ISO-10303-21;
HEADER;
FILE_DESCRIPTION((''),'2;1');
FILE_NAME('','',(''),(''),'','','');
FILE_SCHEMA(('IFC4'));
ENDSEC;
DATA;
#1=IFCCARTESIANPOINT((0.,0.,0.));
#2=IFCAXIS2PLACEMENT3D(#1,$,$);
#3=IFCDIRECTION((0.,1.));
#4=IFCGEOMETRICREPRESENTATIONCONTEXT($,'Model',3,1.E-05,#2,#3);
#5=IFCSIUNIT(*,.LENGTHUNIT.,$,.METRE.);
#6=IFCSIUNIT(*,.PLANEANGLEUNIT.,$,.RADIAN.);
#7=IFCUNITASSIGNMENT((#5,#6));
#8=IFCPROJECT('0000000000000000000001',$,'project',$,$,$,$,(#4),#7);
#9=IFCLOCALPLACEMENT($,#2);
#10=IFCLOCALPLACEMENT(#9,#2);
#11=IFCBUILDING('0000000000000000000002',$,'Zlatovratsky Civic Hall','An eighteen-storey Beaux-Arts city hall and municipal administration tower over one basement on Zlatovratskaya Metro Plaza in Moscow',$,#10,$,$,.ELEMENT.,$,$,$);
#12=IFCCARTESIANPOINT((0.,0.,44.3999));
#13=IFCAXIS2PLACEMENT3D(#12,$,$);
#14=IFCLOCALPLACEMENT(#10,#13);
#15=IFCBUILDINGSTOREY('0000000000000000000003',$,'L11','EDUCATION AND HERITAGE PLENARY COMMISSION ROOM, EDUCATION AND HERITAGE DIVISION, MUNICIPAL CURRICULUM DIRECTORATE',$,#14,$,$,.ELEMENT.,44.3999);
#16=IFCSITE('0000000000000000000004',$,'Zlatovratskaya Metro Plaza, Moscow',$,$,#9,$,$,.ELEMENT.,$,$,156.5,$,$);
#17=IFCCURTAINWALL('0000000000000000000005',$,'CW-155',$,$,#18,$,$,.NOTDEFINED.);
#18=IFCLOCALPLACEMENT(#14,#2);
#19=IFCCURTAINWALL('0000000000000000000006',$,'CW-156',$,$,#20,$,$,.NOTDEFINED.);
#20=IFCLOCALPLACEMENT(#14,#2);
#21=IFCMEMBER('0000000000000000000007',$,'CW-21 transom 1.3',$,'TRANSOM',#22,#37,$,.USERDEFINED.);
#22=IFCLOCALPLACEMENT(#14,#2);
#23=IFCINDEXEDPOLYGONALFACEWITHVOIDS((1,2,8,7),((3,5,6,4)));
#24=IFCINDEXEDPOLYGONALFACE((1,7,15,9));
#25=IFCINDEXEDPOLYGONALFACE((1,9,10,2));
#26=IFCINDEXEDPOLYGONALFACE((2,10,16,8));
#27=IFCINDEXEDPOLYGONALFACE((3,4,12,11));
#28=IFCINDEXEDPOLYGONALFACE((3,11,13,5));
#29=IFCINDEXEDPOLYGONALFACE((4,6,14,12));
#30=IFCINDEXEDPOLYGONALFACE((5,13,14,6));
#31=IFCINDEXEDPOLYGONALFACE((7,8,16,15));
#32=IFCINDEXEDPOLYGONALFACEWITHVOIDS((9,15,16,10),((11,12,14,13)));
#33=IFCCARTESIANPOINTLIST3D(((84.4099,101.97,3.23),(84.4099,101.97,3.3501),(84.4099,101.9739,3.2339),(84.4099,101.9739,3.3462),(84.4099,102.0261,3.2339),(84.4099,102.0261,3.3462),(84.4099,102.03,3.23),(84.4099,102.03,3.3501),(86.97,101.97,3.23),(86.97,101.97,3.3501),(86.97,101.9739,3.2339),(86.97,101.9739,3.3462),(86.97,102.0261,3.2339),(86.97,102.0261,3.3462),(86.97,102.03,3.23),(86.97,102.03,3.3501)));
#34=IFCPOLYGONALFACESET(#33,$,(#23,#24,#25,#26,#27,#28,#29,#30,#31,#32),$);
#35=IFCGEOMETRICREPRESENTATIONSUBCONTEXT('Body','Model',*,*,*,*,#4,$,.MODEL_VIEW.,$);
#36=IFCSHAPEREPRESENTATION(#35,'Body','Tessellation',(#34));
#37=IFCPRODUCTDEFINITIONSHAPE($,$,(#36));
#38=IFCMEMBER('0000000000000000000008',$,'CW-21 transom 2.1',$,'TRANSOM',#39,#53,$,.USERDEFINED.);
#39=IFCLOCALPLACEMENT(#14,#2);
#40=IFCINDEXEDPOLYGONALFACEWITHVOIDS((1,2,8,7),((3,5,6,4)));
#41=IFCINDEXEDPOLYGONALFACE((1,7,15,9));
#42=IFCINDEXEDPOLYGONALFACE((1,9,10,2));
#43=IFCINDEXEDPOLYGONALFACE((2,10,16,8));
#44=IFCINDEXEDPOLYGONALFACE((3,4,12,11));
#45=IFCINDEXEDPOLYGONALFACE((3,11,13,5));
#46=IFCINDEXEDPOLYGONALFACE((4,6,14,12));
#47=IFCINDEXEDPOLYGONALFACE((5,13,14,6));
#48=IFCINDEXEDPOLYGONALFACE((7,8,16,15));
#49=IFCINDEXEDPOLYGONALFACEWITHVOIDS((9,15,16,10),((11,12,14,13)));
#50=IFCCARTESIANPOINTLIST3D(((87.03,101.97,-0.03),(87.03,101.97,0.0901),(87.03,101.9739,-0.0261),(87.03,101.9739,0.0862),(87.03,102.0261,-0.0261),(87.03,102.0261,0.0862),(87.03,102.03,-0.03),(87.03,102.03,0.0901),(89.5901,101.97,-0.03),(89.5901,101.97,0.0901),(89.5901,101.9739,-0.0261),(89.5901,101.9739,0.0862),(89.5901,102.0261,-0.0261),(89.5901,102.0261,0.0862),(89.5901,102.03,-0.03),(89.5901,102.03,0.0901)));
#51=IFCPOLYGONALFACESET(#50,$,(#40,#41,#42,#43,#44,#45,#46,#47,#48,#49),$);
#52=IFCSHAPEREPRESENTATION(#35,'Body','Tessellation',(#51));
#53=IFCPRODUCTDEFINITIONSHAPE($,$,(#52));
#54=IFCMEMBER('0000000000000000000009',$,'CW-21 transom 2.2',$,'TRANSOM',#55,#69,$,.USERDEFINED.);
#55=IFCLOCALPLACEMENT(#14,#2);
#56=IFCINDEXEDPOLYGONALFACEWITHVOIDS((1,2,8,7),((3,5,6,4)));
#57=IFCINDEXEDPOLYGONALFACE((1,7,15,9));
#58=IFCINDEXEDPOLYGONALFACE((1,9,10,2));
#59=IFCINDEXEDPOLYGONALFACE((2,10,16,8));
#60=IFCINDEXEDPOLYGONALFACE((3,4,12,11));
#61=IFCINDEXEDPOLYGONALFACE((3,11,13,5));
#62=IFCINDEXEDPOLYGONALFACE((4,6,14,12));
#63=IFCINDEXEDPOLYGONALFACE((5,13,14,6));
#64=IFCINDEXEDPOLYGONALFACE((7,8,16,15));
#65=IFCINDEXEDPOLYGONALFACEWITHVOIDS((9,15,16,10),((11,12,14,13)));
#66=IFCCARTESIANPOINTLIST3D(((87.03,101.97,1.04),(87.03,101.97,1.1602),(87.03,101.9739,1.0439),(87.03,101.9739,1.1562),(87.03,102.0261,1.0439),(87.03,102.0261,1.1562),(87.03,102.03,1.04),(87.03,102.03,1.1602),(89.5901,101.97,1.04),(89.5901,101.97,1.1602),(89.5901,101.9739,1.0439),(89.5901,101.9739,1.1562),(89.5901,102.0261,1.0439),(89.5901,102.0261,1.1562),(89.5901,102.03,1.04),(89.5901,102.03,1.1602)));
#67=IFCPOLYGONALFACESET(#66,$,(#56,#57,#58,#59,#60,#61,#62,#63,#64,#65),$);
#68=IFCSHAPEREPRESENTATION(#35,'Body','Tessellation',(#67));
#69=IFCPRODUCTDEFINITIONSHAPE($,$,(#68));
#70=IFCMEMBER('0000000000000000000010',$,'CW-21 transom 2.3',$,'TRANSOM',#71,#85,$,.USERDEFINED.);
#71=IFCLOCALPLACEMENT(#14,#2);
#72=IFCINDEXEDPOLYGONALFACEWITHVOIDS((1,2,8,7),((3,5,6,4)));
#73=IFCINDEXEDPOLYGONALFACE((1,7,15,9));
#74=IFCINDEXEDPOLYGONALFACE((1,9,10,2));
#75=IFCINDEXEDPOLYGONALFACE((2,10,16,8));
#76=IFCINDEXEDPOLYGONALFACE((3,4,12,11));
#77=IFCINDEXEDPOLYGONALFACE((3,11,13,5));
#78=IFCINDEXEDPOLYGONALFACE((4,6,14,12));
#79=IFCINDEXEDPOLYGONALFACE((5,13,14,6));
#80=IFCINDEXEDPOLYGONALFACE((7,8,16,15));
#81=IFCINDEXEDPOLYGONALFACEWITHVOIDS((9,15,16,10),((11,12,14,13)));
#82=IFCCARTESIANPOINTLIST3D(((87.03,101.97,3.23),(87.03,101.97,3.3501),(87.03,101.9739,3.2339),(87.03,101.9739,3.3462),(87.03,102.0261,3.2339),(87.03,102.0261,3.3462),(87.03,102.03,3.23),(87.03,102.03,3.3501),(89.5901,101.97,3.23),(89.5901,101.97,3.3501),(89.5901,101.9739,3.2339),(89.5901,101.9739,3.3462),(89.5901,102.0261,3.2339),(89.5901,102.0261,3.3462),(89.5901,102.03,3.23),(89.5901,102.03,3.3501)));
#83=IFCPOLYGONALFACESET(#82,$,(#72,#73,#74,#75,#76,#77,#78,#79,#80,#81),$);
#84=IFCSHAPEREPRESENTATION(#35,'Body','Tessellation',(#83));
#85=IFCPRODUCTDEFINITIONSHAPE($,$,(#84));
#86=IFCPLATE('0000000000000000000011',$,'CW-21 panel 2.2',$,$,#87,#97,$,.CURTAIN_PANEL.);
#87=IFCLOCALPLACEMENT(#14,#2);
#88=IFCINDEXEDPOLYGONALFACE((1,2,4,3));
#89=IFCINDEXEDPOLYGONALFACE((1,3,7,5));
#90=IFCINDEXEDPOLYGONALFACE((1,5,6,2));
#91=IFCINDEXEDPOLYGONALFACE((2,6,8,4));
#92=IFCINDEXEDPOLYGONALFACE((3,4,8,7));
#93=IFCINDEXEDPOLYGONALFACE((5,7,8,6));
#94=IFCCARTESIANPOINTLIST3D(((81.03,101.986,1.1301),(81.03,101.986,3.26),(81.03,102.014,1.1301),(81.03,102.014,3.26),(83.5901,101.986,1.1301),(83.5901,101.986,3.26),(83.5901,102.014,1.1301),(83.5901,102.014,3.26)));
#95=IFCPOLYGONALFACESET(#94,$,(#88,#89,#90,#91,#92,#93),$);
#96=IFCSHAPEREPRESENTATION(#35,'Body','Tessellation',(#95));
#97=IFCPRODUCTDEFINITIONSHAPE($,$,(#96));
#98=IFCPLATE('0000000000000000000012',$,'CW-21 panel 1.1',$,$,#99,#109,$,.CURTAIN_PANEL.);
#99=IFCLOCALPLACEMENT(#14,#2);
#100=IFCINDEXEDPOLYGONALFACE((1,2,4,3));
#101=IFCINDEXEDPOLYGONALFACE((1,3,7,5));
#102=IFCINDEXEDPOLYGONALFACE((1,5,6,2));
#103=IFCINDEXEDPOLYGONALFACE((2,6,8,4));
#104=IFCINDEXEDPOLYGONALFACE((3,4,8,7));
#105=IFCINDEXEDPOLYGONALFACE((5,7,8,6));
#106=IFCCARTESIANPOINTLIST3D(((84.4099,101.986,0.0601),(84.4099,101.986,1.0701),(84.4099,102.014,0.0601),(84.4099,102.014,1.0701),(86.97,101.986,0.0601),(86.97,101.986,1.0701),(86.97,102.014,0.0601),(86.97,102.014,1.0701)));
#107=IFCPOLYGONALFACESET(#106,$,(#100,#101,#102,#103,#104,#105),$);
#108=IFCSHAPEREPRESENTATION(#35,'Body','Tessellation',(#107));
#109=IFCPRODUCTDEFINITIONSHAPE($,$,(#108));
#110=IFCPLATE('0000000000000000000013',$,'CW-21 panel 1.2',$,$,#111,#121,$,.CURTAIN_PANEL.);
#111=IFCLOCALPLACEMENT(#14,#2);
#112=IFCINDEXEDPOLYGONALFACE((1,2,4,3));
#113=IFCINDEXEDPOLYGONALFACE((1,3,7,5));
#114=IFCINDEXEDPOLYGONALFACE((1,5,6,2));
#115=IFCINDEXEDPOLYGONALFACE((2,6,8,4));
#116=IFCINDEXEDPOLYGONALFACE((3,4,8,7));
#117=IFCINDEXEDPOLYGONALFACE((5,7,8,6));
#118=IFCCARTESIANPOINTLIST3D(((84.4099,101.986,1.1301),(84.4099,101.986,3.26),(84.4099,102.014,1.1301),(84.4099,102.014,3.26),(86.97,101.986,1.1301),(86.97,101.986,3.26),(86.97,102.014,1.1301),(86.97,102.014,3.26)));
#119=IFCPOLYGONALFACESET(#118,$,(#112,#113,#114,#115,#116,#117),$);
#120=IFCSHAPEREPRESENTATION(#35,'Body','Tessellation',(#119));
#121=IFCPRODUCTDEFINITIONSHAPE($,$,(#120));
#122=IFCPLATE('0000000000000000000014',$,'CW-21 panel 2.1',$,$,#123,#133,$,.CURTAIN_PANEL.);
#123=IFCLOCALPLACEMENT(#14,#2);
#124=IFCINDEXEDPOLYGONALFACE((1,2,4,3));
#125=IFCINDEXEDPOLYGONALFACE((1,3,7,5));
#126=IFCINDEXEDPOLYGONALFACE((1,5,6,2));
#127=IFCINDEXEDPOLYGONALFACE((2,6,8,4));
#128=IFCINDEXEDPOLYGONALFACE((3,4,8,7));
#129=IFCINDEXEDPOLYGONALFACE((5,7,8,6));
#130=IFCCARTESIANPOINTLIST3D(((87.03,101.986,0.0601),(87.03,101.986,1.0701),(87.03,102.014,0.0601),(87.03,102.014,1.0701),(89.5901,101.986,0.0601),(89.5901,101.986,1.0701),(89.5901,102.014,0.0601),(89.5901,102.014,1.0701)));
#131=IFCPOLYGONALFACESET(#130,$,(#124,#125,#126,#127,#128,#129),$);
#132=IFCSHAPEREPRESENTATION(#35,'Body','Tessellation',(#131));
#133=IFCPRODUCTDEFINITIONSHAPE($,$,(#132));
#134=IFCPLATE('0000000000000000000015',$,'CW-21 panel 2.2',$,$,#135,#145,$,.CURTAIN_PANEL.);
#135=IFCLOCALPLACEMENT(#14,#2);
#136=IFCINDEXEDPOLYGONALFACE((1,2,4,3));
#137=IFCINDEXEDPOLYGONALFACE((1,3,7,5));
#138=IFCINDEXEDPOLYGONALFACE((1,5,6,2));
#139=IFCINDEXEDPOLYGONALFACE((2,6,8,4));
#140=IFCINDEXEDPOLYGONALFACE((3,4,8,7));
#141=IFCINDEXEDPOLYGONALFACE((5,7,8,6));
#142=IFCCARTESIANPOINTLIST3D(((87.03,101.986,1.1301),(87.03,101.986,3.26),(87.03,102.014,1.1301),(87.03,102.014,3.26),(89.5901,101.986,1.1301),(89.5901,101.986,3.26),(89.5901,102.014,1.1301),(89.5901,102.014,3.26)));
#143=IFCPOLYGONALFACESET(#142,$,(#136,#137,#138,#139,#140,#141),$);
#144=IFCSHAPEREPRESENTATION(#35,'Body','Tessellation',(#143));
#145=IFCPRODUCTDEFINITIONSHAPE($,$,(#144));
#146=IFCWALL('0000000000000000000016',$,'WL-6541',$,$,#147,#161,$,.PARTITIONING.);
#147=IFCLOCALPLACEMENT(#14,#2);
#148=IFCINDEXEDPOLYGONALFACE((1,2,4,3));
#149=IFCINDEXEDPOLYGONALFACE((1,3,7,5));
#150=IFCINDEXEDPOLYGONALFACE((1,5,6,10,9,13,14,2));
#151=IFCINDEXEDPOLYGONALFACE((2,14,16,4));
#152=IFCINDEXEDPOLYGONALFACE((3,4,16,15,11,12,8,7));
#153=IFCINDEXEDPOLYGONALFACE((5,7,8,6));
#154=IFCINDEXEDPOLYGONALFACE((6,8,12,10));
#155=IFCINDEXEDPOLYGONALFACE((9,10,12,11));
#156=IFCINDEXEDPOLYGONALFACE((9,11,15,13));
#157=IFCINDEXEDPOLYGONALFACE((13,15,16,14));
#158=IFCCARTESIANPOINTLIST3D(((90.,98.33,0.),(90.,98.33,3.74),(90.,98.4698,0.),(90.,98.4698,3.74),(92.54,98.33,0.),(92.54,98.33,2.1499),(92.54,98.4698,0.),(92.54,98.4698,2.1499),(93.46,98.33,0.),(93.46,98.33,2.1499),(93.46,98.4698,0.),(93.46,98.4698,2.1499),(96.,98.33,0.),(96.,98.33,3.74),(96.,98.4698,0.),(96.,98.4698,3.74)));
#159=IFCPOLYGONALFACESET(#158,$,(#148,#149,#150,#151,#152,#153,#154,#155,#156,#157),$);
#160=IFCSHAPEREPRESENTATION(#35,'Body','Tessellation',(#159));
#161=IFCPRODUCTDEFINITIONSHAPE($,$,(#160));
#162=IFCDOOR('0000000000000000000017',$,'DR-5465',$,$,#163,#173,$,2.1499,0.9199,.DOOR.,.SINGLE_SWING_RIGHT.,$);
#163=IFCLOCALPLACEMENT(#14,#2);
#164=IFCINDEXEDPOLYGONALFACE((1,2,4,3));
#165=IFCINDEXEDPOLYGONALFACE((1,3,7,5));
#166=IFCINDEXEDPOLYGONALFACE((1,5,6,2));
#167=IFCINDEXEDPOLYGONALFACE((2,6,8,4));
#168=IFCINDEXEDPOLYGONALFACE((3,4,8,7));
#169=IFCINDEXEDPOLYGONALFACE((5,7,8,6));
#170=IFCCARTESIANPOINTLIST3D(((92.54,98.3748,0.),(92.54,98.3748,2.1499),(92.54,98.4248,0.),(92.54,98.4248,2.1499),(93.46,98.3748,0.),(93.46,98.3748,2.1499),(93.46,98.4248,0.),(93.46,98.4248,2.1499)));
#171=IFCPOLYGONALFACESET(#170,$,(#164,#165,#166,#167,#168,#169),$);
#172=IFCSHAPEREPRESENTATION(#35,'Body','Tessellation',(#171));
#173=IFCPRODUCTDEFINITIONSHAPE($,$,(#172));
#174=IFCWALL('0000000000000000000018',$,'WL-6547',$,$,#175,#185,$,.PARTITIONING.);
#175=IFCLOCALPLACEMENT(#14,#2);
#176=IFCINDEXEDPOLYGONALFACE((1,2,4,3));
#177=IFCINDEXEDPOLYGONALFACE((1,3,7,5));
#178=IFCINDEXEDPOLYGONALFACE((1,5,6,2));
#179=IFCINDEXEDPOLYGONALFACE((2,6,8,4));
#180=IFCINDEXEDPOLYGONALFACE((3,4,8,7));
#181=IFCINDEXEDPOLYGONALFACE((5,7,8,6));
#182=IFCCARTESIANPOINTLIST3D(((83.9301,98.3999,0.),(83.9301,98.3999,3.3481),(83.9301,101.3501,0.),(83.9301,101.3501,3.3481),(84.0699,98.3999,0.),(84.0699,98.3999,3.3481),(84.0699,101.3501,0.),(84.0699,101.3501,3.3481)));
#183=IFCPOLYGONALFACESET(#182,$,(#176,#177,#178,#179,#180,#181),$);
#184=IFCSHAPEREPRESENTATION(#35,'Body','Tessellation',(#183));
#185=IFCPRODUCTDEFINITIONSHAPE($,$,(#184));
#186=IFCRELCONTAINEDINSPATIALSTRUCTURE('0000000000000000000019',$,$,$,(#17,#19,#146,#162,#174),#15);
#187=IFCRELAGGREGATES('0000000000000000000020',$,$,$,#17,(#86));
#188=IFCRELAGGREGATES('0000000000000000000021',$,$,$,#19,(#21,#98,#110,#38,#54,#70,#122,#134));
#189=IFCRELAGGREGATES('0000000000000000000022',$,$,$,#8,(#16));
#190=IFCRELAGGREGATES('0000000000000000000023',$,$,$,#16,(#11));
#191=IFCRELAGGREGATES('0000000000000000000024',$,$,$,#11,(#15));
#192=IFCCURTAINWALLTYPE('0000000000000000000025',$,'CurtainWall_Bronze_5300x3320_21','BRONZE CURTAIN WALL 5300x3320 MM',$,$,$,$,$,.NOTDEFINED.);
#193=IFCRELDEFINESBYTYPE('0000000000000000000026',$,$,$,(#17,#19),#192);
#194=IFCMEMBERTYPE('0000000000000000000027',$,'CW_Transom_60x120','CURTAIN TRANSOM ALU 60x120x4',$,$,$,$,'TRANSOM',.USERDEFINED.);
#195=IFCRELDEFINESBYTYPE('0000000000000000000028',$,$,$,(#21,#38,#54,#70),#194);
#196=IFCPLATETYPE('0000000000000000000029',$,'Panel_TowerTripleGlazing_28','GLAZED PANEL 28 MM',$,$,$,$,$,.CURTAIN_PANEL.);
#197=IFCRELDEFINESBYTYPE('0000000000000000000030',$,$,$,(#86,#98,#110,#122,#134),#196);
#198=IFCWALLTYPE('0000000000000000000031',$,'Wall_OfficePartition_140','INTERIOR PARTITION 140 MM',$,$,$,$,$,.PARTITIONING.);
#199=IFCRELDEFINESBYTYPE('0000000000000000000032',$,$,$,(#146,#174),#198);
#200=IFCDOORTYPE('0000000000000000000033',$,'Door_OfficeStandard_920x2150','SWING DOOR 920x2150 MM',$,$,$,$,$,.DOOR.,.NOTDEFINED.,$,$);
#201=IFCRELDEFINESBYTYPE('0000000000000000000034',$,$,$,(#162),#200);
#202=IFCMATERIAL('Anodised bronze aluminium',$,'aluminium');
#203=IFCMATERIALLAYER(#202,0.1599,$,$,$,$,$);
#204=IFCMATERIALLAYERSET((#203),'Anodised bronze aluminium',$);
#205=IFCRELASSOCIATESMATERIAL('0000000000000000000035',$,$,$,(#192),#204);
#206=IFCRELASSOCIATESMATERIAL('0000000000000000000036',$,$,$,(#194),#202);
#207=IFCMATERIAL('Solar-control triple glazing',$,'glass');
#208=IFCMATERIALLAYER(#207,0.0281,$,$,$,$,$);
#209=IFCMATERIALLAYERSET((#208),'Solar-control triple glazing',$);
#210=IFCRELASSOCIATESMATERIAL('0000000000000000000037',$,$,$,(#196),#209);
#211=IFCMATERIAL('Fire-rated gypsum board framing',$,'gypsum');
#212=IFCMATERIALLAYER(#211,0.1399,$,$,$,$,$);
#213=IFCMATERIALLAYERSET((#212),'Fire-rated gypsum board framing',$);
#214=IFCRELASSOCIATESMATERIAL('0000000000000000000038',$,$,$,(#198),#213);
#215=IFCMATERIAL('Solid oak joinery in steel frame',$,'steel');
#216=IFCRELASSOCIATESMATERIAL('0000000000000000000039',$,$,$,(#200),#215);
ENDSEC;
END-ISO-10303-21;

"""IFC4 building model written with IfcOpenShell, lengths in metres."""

from ifc_helpers import new_model, si_unit, direction, frame, frame_2d, origin, origin_2d, place, context, subcontext, project, spatial, rectangle, hollow_rectangle, extrude, material, layer, layer_set, material_profile, profile_set, type_object, element, fill, aggregate, save


model = new_model("IFC4")

# Units and contexts
model_context = context("Model", 3, precision=1e-05, world=origin(), true_north=direction((0.0, 1.0)))
body_context = subcontext(model_context, "Body", "Model", "MODEL_VIEW")
ifc_project = project(units=[si_unit("LENGTHUNIT", "METRE"), si_unit("PLANEANGLEUNIT", "RADIAN")], contexts=[model_context])

# Site, building, storey
site_placement = place(None, origin())
site = spatial("IfcSite", under=ifc_project, at=site_placement, Name="Zlatovratskaya Metro Plaza, Moscow", CompositionType="ELEMENT", RefElevation=156.5)
building_placement = place(site_placement, origin())
building = spatial("IfcBuilding", under=site, at=building_placement, Name="Zlatovratsky Civic Hall", Description="An eighteen-storey Beaux-Arts city hall and municipal administration tower over one basement on Zlatovratskaya Metro Plaza in Moscow", CompositionType="ELEMENT")
storey_placement = place(building_placement, frame((0.0, 0.0, 44.3999)))
storey = spatial("IfcBuildingStorey", under=building, at=storey_placement, Name="L11", Description="EDUCATION AND HERITAGE PLENARY COMMISSION ROOM, EDUCATION AND HERITAGE DIVISION, MUNICIPAL CURRICULUM DIRECTORATE", CompositionType="ELEMENT", Elevation=44.3999)

# Curtain wall
ifc_material_1 = material(Name="Anodised bronze aluminium", Category="aluminium")
ifc_layer_1 = layer(ifc_material_1, 0.1599)
ifc_layer_set_1 = layer_set([ifc_layer_1], Name="Anodised bronze aluminium")
curtain_wall_type = type_object("IfcCurtainWallType", Name="CurtainWall_Bronze_5300x3320_21", Description="BRONZE CURTAIN WALL 5300x3320 MM", PredefinedType="NOTDEFINED", material=ifc_layer_set_1)
curtain_wall_1_placement = place(storey_placement, origin())
curtain_wall_1 = element("IfcCurtainWall", 1, at=curtain_wall_1_placement, inside=storey, type_object=curtain_wall_type, Name="CW-155", PredefinedType="NOTDEFINED")

# Curtain wall, members
curtain_wall_2_placement = place(storey_placement, origin())
curtain_wall_2 = element("IfcCurtainWall", 2, at=curtain_wall_2_placement, inside=storey, type_object=curtain_wall_type, Name="CW-156", PredefinedType="NOTDEFINED")
ifc_material_profile_1 = material_profile(ifc_material_1, hollow_rectangle(XDim=0.0601, YDim=0.1201, WallThickness=0.0039, at=origin_2d()), Name="ALU 60x120x4")
ifc_profile_set_1 = profile_set([ifc_material_profile_1], Name="Anodised bronze aluminium")
member_type_1 = type_object("IfcMemberType", Name="CW_Transom_60x120", Description="CURTAIN TRANSOM ALU 60x120x4", ElementType="TRANSOM", PredefinedType="USERDEFINED", material=ifc_profile_set_1)
member_1_placement = place(storey_placement, frame((84.4099, 102.0, 3.29), z_axis=(1.0, 0.0, 0.0), x_axis=(0.0, 1.0, 0.0)))
member_1 = element("IfcMember", 3, at=member_1_placement, type_object=member_type_1, Name="CW-21 transom 1.3", ObjectType="TRANSOM", PredefinedType="USERDEFINED", context=body_context, shape_type="SweptSolid", body=[
    extrude(hollow_rectangle(XDim=0.0601, YDim=0.1201, WallThickness=0.0039, at=origin_2d()), origin(), (0.0, 0.0, 1.0), 2.5601),
])
member_2_placement = place(storey_placement, frame((87.03, 102.0, 0.03), z_axis=(1.0, 0.0, 0.0), x_axis=(0.0, 1.0, 0.0)))
member_2 = element("IfcMember", 4, at=member_2_placement, type_object=member_type_1, Name="CW-21 transom 2.1", ObjectType="TRANSOM", PredefinedType="USERDEFINED", context=body_context, shape_type="SweptSolid", body=[
    extrude(hollow_rectangle(XDim=0.0601, YDim=0.1201, WallThickness=0.0039, at=origin_2d()), origin(), (0.0, 0.0, 1.0), 2.5601),
])
member_3_placement = place(storey_placement, frame((87.03, 102.0, 1.1001), z_axis=(1.0, 0.0, 0.0), x_axis=(0.0, 1.0, 0.0)))
member_3 = element("IfcMember", 5, at=member_3_placement, type_object=member_type_1, Name="CW-21 transom 2.2", ObjectType="TRANSOM", PredefinedType="USERDEFINED", context=body_context, shape_type="SweptSolid", body=[
    extrude(hollow_rectangle(XDim=0.0601, YDim=0.1201, WallThickness=0.0039, at=origin_2d()), origin(), (0.0, 0.0, 1.0), 2.5601),
])
member_4_placement = place(storey_placement, frame((87.03, 102.0, 3.29), z_axis=(1.0, 0.0, 0.0), x_axis=(0.0, 1.0, 0.0)))
member_4 = element("IfcMember", 6, at=member_4_placement, type_object=member_type_1, Name="CW-21 transom 2.3", ObjectType="TRANSOM", PredefinedType="USERDEFINED", context=body_context, shape_type="SweptSolid", body=[
    extrude(hollow_rectangle(XDim=0.0601, YDim=0.1201, WallThickness=0.0039, at=origin_2d()), origin(), (0.0, 0.0, 1.0), 2.5601),
])

# Plates
ifc_material_2 = material(Name="Solar-control triple glazing", Category="glass")
ifc_layer_2 = layer(ifc_material_2, 0.0281)
ifc_layer_set_2 = layer_set([ifc_layer_2], Name="Solar-control triple glazing")
plate_type = type_object("IfcPlateType", Name="Panel_TowerTripleGlazing_28", Description="GLAZED PANEL 28 MM", PredefinedType="CURTAIN_PANEL", material=ifc_layer_set_2)
plate_1_placement = place(storey_placement, frame((82.3101, 102.0, 1.1301), z_axis=(0.0, 0.0, 1.0), x_axis=(1.0, 0.0, 0.0)))
plate_1 = element("IfcPlate", 7, at=plate_1_placement, type_object=plate_type, Name="CW-21 panel 2.2", PredefinedType="CURTAIN_PANEL", context=body_context, shape_type="SweptSolid", body=[
    extrude(rectangle(XDim=2.5601, YDim=0.0281, at=origin_2d()), origin(), (0.0, 0.0, 1.0), 2.1299),
])
aggregate(curtain_wall_1, [plate_1])
plate_2_placement = place(storey_placement, frame((85.6899, 102.0, 0.0601), z_axis=(0.0, 0.0, 1.0), x_axis=(1.0, 0.0, 0.0)))
plate_2 = element("IfcPlate", 8, at=plate_2_placement, type_object=plate_type, Name="CW-21 panel 1.1", PredefinedType="CURTAIN_PANEL", context=body_context, shape_type="SweptSolid", body=[
    extrude(rectangle(XDim=2.5601, YDim=0.0281, at=origin_2d()), origin(), (0.0, 0.0, 1.0), 1.01),
])
plate_3_placement = place(storey_placement, frame((85.6899, 102.0, 1.1301), z_axis=(0.0, 0.0, 1.0), x_axis=(1.0, 0.0, 0.0)))
plate_3 = element("IfcPlate", 9, at=plate_3_placement, type_object=plate_type, Name="CW-21 panel 1.2", PredefinedType="CURTAIN_PANEL", context=body_context, shape_type="SweptSolid", body=[
    extrude(rectangle(XDim=2.5601, YDim=0.0281, at=origin_2d()), origin(), (0.0, 0.0, 1.0), 2.1299),
])
plate_4_placement = place(storey_placement, frame((88.3101, 102.0, 0.0601), z_axis=(0.0, 0.0, 1.0), x_axis=(1.0, 0.0, 0.0)))
plate_4 = element("IfcPlate", 10, at=plate_4_placement, type_object=plate_type, Name="CW-21 panel 2.1", PredefinedType="CURTAIN_PANEL", context=body_context, shape_type="SweptSolid", body=[
    extrude(rectangle(XDim=2.5601, YDim=0.0281, at=origin_2d()), origin(), (0.0, 0.0, 1.0), 1.01),
])
plate_5_placement = place(storey_placement, frame((88.3101, 102.0, 1.1301), z_axis=(0.0, 0.0, 1.0), x_axis=(1.0, 0.0, 0.0)))
plate_5 = element("IfcPlate", 11, at=plate_5_placement, type_object=plate_type, Name="CW-21 panel 2.2", PredefinedType="CURTAIN_PANEL", context=body_context, shape_type="SweptSolid", body=[
    extrude(rectangle(XDim=2.5601, YDim=0.0281, at=origin_2d()), origin(), (0.0, 0.0, 1.0), 2.1299),
])
aggregate(curtain_wall_2, [member_1, plate_2, plate_3, member_2, member_3, member_4, plate_4, plate_5])

# Wall, opening, door
ifc_material_3 = material(Name="Fire-rated gypsum board framing", Category="gypsum")
ifc_layer_3 = layer(ifc_material_3, 0.1399)
ifc_layer_set_3 = layer_set([ifc_layer_3], Name="Fire-rated gypsum board framing")
wall_type = type_object("IfcWallType", Name="Wall_OfficePartition_140", Description="INTERIOR PARTITION 140 MM", PredefinedType="PARTITIONING", material=ifc_layer_set_3)
wall_placement = place(storey_placement, frame((90.0, 98.3999, 0.0), z_axis=(0.0, 0.0, 1.0), x_axis=(1.0, 0.0, 0.0)))
wall = element("IfcWall", 12, at=wall_placement, inside=storey, type_object=wall_type, Name="WL-6541", PredefinedType="PARTITIONING", context=body_context, shape_type="SweptSolid", body=[
    extrude(rectangle(XDim=6.0, YDim=0.1399, at=frame_2d((3.0, 0.0))), origin(), (0.0, 0.0, 1.0), 3.74),
])
opening_placement = place(wall_placement, frame((2.54, 0.0, 0.0)))
opening = element("IfcOpeningElement", 13, at=opening_placement, cuts=wall, PredefinedType="OPENING", context=body_context, shape_type="SweptSolid", body=[
    extrude(rectangle(XDim=0.9199, YDim=2.1499, at=frame_2d((0.46, 1.075))), frame((0.0, 0.085, 0.0), z_axis=(0.0, -1.0, 0.0), x_axis=(1.0, 0.0, 0.0)), (0.0, 0.0, 1.0), 0.1697),
])
ifc_material_4 = material(Name="Solid oak joinery in steel frame", Category="steel")
door_type = type_object("IfcDoorType", Name="Door_OfficeStandard_920x2150", Description="SWING DOOR 920x2150 MM", OperationType="NOTDEFINED", PredefinedType="DOOR", material=ifc_material_4)
door_placement = place(opening_placement, origin())
door = element("IfcDoor", 14, at=door_placement, inside=storey, type_object=door_type, Name="DR-5465", OperationType="SINGLE_SWING_RIGHT", OverallHeight=2.1499, OverallWidth=0.9199, PredefinedType="DOOR", context=body_context, shape_type="SweptSolid", body=[
    extrude(rectangle(XDim=0.9199, YDim=2.1499, at=frame_2d((0.46, 1.075))), frame((0.0, 0.0249, 0.0), z_axis=(0.0, -1.0, 0.0), x_axis=(1.0, 0.0, 0.0)), (0.0, 0.0, 1.0), 0.05),
])
fill(opening, door)

# Wall
for number, where, z_axis, x_axis, name in (
    (15, (84.0, 98.3999, 0.0), (0.0, 0.0, 1.0), (0.0, 1.0, 0.0), "WL-6547"),
):
    element("IfcWall", number, at=place(storey_placement, frame(where, z_axis=z_axis, x_axis=x_axis)), inside=storey, type_object=wall_type, Name=name, PredefinedType="PARTITIONING", context=body_context, shape_type="SweptSolid", body=[
        extrude(rectangle(XDim=2.9502, YDim=0.1399, at=frame_2d((1.4751, 0.0))), origin(), (0.0, 0.0, 1.0), 3.3481),
    ])

save(model, "model.ifc")
